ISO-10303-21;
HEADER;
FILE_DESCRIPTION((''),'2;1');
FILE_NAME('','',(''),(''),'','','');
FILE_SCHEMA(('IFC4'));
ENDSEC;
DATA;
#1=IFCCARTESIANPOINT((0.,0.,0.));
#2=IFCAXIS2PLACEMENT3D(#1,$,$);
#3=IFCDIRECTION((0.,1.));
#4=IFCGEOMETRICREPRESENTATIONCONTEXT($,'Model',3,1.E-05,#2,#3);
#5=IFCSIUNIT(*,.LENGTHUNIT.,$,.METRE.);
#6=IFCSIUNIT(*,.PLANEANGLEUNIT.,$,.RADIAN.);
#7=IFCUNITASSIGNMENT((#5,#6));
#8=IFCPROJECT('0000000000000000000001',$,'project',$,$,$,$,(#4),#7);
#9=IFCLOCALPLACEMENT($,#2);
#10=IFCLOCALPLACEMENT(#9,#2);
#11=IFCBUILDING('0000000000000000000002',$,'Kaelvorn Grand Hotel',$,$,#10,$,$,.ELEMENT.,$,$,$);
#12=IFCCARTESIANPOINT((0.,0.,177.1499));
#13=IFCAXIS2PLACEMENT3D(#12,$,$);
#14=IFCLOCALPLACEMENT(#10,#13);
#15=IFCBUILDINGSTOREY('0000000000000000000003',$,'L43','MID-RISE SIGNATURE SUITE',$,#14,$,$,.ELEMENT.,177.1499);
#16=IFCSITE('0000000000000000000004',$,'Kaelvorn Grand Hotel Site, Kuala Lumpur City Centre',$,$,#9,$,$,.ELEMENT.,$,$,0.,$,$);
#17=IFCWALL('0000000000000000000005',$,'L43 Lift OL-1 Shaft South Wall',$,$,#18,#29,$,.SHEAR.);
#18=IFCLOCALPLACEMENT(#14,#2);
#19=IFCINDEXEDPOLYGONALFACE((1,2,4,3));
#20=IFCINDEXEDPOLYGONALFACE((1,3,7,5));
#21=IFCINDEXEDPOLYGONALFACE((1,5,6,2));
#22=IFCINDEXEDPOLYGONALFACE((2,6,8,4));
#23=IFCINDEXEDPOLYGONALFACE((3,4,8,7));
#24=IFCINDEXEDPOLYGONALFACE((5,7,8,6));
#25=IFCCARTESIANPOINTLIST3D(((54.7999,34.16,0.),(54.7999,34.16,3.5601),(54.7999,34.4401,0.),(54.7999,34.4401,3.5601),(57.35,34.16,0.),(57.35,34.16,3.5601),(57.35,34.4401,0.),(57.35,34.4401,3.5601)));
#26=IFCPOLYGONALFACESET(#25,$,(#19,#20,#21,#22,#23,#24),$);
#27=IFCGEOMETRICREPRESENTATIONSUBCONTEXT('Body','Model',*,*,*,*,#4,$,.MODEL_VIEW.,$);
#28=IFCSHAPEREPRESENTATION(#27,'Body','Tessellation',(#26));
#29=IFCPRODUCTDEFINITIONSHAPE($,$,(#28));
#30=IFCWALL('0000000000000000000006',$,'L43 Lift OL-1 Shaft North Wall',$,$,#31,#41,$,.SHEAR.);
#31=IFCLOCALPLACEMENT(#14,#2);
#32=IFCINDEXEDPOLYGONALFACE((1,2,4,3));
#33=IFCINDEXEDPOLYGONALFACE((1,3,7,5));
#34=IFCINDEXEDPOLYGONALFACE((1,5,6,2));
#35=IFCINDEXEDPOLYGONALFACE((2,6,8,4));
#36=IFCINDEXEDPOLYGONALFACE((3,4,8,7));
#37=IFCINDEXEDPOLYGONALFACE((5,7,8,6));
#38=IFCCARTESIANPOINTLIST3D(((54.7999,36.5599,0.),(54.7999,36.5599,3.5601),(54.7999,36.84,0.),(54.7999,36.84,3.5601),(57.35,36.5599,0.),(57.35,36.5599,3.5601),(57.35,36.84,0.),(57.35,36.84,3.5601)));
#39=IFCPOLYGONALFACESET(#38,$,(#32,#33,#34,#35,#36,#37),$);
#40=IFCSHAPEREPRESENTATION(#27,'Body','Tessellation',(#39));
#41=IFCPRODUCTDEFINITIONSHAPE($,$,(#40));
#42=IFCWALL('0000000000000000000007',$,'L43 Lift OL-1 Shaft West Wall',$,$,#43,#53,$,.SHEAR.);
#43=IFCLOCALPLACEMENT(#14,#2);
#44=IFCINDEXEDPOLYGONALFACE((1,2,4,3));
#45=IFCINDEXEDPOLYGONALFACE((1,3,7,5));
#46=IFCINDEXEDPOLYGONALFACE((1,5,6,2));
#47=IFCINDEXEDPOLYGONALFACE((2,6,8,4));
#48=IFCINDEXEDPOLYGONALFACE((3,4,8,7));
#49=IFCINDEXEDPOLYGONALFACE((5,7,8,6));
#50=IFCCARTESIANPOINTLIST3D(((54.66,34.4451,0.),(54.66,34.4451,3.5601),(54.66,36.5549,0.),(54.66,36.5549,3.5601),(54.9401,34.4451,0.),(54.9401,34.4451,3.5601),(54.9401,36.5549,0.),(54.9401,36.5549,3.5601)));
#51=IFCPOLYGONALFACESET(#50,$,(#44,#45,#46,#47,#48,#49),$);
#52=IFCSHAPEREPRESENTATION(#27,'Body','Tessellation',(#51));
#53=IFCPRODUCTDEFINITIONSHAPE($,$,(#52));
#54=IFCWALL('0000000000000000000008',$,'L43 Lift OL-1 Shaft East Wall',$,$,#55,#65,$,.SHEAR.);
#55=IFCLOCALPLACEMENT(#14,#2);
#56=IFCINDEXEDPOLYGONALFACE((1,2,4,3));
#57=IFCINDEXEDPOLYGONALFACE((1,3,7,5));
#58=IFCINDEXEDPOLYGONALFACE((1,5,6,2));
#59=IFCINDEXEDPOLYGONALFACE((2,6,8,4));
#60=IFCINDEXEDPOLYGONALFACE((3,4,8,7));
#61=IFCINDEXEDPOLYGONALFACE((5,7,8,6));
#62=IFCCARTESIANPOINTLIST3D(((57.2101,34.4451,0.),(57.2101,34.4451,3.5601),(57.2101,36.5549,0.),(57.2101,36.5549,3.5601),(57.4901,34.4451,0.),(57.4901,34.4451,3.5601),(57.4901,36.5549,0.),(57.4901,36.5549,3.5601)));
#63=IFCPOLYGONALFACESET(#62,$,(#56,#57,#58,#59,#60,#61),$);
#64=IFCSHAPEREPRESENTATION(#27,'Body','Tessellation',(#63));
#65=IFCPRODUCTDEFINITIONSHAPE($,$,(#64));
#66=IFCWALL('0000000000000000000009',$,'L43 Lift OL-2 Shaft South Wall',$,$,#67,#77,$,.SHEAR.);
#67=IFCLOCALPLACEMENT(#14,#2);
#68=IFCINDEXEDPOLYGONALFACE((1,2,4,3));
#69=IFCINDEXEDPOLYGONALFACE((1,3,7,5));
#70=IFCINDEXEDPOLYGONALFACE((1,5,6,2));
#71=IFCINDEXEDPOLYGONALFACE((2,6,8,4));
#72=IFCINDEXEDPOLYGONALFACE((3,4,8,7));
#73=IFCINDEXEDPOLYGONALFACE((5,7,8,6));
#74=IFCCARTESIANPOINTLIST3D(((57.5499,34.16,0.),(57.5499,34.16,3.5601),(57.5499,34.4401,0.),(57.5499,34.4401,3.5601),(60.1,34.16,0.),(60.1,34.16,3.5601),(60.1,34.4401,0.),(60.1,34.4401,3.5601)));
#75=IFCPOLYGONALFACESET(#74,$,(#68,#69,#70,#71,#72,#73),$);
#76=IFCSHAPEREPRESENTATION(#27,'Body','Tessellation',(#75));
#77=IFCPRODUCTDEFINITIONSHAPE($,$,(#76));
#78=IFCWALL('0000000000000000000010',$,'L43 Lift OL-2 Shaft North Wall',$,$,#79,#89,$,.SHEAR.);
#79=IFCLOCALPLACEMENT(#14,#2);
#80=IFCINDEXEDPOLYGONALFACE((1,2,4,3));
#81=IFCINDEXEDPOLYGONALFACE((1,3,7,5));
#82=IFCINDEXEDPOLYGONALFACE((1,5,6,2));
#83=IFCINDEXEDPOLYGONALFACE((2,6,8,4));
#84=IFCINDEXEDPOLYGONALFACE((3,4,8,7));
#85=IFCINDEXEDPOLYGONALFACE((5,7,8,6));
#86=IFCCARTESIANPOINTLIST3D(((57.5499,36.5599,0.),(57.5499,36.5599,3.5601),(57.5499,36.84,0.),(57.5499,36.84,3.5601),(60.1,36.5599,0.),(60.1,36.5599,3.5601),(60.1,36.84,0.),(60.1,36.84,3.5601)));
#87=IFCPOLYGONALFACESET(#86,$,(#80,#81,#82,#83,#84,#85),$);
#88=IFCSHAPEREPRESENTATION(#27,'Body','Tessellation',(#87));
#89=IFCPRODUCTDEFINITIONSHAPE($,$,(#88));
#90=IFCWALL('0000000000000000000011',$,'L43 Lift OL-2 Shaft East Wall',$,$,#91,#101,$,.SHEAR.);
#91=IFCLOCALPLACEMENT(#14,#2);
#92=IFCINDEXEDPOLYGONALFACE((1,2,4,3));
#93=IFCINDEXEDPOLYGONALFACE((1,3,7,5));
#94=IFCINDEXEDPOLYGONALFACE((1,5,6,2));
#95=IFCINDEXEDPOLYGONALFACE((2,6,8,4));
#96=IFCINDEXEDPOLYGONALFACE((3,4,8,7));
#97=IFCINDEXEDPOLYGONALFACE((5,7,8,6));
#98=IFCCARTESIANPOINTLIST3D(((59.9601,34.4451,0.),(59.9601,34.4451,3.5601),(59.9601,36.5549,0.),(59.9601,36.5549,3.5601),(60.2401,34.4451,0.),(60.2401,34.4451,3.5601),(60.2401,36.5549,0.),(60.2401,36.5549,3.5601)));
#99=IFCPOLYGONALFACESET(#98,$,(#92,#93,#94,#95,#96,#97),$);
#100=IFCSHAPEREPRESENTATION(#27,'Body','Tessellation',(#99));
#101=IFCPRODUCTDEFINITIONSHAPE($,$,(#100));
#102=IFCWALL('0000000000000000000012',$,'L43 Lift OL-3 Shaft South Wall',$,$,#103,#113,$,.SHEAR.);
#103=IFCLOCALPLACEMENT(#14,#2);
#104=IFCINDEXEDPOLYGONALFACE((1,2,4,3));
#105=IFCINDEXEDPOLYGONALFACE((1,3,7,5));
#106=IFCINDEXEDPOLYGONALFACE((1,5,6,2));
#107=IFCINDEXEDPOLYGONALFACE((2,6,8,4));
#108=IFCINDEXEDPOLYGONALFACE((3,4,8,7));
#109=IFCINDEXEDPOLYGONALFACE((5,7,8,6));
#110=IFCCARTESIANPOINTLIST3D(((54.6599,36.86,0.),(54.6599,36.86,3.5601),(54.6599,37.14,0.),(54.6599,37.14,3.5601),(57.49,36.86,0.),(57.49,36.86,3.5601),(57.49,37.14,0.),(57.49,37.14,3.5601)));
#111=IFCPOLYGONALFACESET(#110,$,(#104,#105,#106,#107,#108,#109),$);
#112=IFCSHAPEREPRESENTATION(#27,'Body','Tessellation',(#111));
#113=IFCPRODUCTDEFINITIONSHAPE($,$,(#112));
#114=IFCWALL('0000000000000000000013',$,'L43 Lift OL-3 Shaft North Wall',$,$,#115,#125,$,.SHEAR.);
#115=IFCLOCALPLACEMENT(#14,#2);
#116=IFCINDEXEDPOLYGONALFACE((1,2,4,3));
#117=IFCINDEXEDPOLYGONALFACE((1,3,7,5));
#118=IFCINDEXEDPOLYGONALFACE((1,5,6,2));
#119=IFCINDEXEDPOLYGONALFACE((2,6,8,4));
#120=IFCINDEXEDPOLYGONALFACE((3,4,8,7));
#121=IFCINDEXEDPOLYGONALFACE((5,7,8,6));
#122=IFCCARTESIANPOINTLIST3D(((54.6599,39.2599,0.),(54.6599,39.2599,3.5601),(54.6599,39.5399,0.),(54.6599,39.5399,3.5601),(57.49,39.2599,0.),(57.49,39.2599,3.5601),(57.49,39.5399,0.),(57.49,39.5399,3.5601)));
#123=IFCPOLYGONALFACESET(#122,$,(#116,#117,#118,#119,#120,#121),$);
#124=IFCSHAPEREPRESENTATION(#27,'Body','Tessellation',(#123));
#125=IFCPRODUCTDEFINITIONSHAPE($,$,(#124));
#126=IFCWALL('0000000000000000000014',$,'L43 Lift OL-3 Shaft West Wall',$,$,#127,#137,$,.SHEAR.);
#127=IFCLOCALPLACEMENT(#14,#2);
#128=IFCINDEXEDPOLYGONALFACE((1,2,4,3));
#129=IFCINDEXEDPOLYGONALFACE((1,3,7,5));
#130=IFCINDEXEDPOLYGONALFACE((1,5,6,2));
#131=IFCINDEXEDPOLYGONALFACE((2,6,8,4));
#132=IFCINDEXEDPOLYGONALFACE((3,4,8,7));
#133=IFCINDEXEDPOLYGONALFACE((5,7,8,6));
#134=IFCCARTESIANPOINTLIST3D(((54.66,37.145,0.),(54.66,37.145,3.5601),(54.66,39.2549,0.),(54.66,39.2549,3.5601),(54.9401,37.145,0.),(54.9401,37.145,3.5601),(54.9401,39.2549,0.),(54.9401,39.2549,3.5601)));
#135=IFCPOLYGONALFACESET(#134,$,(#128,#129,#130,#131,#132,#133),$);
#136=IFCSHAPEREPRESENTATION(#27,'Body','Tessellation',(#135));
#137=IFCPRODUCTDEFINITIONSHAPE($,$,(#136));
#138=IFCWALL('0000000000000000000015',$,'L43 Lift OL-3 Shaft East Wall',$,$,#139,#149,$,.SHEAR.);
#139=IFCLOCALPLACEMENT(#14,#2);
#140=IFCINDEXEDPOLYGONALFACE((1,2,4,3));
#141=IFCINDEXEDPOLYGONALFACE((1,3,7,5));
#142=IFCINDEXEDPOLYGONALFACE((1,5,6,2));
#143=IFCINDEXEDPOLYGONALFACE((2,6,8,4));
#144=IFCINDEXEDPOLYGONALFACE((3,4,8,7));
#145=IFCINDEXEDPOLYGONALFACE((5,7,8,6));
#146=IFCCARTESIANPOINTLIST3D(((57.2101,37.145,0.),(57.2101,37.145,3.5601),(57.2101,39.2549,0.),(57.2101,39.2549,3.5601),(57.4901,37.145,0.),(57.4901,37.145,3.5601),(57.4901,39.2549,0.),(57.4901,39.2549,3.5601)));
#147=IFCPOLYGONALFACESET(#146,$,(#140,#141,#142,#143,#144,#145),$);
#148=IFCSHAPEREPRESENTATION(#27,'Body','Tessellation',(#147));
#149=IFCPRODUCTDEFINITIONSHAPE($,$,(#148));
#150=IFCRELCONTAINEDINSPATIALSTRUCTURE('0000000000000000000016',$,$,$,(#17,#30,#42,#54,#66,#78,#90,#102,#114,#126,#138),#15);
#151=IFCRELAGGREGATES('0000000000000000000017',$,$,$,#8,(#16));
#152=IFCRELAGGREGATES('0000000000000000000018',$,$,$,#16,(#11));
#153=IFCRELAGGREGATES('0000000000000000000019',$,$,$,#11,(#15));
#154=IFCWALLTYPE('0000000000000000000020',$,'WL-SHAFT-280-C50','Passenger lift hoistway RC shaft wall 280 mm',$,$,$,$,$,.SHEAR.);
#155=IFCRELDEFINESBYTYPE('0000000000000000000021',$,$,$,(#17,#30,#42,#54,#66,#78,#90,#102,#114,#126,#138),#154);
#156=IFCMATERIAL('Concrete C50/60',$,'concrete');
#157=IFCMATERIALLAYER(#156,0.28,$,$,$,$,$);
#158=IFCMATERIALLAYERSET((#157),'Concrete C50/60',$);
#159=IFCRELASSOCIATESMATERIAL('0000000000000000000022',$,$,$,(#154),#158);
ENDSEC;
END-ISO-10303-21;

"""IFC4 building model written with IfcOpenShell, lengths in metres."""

from ifc_helpers import new_model, si_unit, direction, frame, frame_2d, origin, place, context, subcontext, project, spatial, rectangle, extrude, material, layer, layer_set, type_object, element, save


model = new_model("IFC4")

# Units and contexts
model_context = context("Model", 3, precision=1e-05, world=origin(), true_north=direction((0.0, 1.0)))
body_context = subcontext(model_context, "Body", "Model", "MODEL_VIEW")
ifc_project = project(units=[si_unit("LENGTHUNIT", "METRE"), si_unit("PLANEANGLEUNIT", "RADIAN")], contexts=[model_context])

# Site, building, storey
site_placement = place(None, origin())
site = spatial("IfcSite", under=ifc_project, at=site_placement, Name="Kaelvorn Grand Hotel Site, Kuala Lumpur City Centre", CompositionType="ELEMENT", RefElevation=0.0)
building_placement = place(site_placement, origin())
building = spatial("IfcBuilding", under=site, at=building_placement, Name="Kaelvorn Grand Hotel", CompositionType="ELEMENT")
storey_placement = place(building_placement, frame((0.0, 0.0, 177.1499)))
storey = spatial("IfcBuildingStorey", under=building, at=storey_placement, Name="L43", Description="MID-RISE SIGNATURE SUITE", CompositionType="ELEMENT", Elevation=177.1499)

# Shared definitions
ifc_material_1 = material(Name="Concrete C50/60", Category="concrete")

# Shared definitions
ifc_layer_1 = layer(ifc_material_1, 0.28)
ifc_layer_set_1 = layer_set([ifc_layer_1], Name="Concrete C50/60")
wall_type_1 = type_object("IfcWallType", Name="WL-SHAFT-280-C50", Description="Passenger lift hoistway RC shaft wall 280 mm", PredefinedType="SHEAR", material=ifc_layer_set_1)

# Walls
for number, where, z_axis, x_axis, name in (
    (1, (54.8, 34.3, 0.0), (0.0, 0.0, 1.0), (1.0, 0.0, 0.0), "L43 Lift OL-1 Shaft South Wall"),
    (2, (54.8, 36.7, 0.0), (0.0, 0.0, 1.0), (1.0, 0.0, 0.0), "L43 Lift OL-1 Shaft North Wall"),
):
    element("IfcWall", number, at=place(storey_placement, frame(where, z_axis=z_axis, x_axis=x_axis)), inside=storey, type_object=wall_type_1, Name=name, PredefinedType="SHEAR", context=body_context, shape_type="SweptSolid", body=[
        extrude(rectangle(XDim=2.55, YDim=0.28, at=frame_2d((1.2749, 0.0))), origin(), (0.0, 0.0, 1.0), 3.5601),
    ])
for number, where, z_axis, x_axis, name in (
    (3, (54.8, 34.4451, 0.0), (0.0, 0.0, 1.0), (0.0, 1.0, 0.0), "L43 Lift OL-1 Shaft West Wall"),
    (4, (57.3501, 34.4451, 0.0), (0.0, 0.0, 1.0), (0.0, 1.0, 0.0), "L43 Lift OL-1 Shaft East Wall"),
):
    element("IfcWall", number, at=place(storey_placement, frame(where, z_axis=z_axis, x_axis=x_axis)), inside=storey, type_object=wall_type_1, Name=name, PredefinedType="SHEAR", context=body_context, shape_type="SweptSolid", body=[
        extrude(rectangle(XDim=2.1099, YDim=0.28, at=frame_2d((1.0549, 0.0))), origin(), (0.0, 0.0, 1.0), 3.5601),
    ])
for number, where, z_axis, x_axis, name in (
    (5, (57.55, 34.3, 0.0), (0.0, 0.0, 1.0), (1.0, 0.0, 0.0), "L43 Lift OL-2 Shaft South Wall"),
    (6, (57.55, 36.7, 0.0), (0.0, 0.0, 1.0), (1.0, 0.0, 0.0), "L43 Lift OL-2 Shaft North Wall"),
):
    element("IfcWall", number, at=place(storey_placement, frame(where, z_axis=z_axis, x_axis=x_axis)), inside=storey, type_object=wall_type_1, Name=name, PredefinedType="SHEAR", context=body_context, shape_type="SweptSolid", body=[
        extrude(rectangle(XDim=2.55, YDim=0.28, at=frame_2d((1.2749, 0.0))), origin(), (0.0, 0.0, 1.0), 3.5601),
    ])
wall_1_placement = place(storey_placement, frame((60.1001, 34.4451, 0.0), z_axis=(0.0, 0.0, 1.0), x_axis=(0.0, 1.0, 0.0)))
element("IfcWall", 7, at=wall_1_placement, inside=storey, type_object=wall_type_1, Name="L43 Lift OL-2 Shaft East Wall", PredefinedType="SHEAR", context=body_context, shape_type="SweptSolid", body=[
    extrude(rectangle(XDim=2.1099, YDim=0.28, at=frame_2d((1.0549, 0.0))), origin(), (0.0, 0.0, 1.0), 3.5601),
])
for number, where, z_axis, x_axis, name in (
    (8, (54.6599, 37.0, 0.0), (0.0, 0.0, 1.0), (1.0, 0.0, 0.0), "L43 Lift OL-3 Shaft South Wall"),
    (9, (54.6599, 39.3999, 0.0), (0.0, 0.0, 1.0), (1.0, 0.0, 0.0), "L43 Lift OL-3 Shaft North Wall"),
):
    element("IfcWall", number, at=place(storey_placement, frame(where, z_axis=z_axis, x_axis=x_axis)), inside=storey, type_object=wall_type_1, Name=name, PredefinedType="SHEAR", context=body_context, shape_type="SweptSolid", body=[
        extrude(rectangle(XDim=2.8301, YDim=0.28, at=frame_2d((1.415, 0.0))), origin(), (0.0, 0.0, 1.0), 3.5601),
    ])
for number, where, z_axis, x_axis, name in (
    (10, (54.8, 37.145, 0.0), (0.0, 0.0, 1.0), (0.0, 1.0, 0.0), "L43 Lift OL-3 Shaft West Wall"),
    (11, (57.3501, 37.145, 0.0), (0.0, 0.0, 1.0), (0.0, 1.0, 0.0), "L43 Lift OL-3 Shaft East Wall"),
):
    element("IfcWall", number, at=place(storey_placement, frame(where, z_axis=z_axis, x_axis=x_axis)), inside=storey, type_object=wall_type_1, Name=name, PredefinedType="SHEAR", context=body_context, shape_type="SweptSolid", body=[
        extrude(rectangle(XDim=2.1099, YDim=0.28, at=frame_2d((1.0549, 0.0))), origin(), (0.0, 0.0, 1.0), 3.5601),
    ])

save(model, "model.ifc")
